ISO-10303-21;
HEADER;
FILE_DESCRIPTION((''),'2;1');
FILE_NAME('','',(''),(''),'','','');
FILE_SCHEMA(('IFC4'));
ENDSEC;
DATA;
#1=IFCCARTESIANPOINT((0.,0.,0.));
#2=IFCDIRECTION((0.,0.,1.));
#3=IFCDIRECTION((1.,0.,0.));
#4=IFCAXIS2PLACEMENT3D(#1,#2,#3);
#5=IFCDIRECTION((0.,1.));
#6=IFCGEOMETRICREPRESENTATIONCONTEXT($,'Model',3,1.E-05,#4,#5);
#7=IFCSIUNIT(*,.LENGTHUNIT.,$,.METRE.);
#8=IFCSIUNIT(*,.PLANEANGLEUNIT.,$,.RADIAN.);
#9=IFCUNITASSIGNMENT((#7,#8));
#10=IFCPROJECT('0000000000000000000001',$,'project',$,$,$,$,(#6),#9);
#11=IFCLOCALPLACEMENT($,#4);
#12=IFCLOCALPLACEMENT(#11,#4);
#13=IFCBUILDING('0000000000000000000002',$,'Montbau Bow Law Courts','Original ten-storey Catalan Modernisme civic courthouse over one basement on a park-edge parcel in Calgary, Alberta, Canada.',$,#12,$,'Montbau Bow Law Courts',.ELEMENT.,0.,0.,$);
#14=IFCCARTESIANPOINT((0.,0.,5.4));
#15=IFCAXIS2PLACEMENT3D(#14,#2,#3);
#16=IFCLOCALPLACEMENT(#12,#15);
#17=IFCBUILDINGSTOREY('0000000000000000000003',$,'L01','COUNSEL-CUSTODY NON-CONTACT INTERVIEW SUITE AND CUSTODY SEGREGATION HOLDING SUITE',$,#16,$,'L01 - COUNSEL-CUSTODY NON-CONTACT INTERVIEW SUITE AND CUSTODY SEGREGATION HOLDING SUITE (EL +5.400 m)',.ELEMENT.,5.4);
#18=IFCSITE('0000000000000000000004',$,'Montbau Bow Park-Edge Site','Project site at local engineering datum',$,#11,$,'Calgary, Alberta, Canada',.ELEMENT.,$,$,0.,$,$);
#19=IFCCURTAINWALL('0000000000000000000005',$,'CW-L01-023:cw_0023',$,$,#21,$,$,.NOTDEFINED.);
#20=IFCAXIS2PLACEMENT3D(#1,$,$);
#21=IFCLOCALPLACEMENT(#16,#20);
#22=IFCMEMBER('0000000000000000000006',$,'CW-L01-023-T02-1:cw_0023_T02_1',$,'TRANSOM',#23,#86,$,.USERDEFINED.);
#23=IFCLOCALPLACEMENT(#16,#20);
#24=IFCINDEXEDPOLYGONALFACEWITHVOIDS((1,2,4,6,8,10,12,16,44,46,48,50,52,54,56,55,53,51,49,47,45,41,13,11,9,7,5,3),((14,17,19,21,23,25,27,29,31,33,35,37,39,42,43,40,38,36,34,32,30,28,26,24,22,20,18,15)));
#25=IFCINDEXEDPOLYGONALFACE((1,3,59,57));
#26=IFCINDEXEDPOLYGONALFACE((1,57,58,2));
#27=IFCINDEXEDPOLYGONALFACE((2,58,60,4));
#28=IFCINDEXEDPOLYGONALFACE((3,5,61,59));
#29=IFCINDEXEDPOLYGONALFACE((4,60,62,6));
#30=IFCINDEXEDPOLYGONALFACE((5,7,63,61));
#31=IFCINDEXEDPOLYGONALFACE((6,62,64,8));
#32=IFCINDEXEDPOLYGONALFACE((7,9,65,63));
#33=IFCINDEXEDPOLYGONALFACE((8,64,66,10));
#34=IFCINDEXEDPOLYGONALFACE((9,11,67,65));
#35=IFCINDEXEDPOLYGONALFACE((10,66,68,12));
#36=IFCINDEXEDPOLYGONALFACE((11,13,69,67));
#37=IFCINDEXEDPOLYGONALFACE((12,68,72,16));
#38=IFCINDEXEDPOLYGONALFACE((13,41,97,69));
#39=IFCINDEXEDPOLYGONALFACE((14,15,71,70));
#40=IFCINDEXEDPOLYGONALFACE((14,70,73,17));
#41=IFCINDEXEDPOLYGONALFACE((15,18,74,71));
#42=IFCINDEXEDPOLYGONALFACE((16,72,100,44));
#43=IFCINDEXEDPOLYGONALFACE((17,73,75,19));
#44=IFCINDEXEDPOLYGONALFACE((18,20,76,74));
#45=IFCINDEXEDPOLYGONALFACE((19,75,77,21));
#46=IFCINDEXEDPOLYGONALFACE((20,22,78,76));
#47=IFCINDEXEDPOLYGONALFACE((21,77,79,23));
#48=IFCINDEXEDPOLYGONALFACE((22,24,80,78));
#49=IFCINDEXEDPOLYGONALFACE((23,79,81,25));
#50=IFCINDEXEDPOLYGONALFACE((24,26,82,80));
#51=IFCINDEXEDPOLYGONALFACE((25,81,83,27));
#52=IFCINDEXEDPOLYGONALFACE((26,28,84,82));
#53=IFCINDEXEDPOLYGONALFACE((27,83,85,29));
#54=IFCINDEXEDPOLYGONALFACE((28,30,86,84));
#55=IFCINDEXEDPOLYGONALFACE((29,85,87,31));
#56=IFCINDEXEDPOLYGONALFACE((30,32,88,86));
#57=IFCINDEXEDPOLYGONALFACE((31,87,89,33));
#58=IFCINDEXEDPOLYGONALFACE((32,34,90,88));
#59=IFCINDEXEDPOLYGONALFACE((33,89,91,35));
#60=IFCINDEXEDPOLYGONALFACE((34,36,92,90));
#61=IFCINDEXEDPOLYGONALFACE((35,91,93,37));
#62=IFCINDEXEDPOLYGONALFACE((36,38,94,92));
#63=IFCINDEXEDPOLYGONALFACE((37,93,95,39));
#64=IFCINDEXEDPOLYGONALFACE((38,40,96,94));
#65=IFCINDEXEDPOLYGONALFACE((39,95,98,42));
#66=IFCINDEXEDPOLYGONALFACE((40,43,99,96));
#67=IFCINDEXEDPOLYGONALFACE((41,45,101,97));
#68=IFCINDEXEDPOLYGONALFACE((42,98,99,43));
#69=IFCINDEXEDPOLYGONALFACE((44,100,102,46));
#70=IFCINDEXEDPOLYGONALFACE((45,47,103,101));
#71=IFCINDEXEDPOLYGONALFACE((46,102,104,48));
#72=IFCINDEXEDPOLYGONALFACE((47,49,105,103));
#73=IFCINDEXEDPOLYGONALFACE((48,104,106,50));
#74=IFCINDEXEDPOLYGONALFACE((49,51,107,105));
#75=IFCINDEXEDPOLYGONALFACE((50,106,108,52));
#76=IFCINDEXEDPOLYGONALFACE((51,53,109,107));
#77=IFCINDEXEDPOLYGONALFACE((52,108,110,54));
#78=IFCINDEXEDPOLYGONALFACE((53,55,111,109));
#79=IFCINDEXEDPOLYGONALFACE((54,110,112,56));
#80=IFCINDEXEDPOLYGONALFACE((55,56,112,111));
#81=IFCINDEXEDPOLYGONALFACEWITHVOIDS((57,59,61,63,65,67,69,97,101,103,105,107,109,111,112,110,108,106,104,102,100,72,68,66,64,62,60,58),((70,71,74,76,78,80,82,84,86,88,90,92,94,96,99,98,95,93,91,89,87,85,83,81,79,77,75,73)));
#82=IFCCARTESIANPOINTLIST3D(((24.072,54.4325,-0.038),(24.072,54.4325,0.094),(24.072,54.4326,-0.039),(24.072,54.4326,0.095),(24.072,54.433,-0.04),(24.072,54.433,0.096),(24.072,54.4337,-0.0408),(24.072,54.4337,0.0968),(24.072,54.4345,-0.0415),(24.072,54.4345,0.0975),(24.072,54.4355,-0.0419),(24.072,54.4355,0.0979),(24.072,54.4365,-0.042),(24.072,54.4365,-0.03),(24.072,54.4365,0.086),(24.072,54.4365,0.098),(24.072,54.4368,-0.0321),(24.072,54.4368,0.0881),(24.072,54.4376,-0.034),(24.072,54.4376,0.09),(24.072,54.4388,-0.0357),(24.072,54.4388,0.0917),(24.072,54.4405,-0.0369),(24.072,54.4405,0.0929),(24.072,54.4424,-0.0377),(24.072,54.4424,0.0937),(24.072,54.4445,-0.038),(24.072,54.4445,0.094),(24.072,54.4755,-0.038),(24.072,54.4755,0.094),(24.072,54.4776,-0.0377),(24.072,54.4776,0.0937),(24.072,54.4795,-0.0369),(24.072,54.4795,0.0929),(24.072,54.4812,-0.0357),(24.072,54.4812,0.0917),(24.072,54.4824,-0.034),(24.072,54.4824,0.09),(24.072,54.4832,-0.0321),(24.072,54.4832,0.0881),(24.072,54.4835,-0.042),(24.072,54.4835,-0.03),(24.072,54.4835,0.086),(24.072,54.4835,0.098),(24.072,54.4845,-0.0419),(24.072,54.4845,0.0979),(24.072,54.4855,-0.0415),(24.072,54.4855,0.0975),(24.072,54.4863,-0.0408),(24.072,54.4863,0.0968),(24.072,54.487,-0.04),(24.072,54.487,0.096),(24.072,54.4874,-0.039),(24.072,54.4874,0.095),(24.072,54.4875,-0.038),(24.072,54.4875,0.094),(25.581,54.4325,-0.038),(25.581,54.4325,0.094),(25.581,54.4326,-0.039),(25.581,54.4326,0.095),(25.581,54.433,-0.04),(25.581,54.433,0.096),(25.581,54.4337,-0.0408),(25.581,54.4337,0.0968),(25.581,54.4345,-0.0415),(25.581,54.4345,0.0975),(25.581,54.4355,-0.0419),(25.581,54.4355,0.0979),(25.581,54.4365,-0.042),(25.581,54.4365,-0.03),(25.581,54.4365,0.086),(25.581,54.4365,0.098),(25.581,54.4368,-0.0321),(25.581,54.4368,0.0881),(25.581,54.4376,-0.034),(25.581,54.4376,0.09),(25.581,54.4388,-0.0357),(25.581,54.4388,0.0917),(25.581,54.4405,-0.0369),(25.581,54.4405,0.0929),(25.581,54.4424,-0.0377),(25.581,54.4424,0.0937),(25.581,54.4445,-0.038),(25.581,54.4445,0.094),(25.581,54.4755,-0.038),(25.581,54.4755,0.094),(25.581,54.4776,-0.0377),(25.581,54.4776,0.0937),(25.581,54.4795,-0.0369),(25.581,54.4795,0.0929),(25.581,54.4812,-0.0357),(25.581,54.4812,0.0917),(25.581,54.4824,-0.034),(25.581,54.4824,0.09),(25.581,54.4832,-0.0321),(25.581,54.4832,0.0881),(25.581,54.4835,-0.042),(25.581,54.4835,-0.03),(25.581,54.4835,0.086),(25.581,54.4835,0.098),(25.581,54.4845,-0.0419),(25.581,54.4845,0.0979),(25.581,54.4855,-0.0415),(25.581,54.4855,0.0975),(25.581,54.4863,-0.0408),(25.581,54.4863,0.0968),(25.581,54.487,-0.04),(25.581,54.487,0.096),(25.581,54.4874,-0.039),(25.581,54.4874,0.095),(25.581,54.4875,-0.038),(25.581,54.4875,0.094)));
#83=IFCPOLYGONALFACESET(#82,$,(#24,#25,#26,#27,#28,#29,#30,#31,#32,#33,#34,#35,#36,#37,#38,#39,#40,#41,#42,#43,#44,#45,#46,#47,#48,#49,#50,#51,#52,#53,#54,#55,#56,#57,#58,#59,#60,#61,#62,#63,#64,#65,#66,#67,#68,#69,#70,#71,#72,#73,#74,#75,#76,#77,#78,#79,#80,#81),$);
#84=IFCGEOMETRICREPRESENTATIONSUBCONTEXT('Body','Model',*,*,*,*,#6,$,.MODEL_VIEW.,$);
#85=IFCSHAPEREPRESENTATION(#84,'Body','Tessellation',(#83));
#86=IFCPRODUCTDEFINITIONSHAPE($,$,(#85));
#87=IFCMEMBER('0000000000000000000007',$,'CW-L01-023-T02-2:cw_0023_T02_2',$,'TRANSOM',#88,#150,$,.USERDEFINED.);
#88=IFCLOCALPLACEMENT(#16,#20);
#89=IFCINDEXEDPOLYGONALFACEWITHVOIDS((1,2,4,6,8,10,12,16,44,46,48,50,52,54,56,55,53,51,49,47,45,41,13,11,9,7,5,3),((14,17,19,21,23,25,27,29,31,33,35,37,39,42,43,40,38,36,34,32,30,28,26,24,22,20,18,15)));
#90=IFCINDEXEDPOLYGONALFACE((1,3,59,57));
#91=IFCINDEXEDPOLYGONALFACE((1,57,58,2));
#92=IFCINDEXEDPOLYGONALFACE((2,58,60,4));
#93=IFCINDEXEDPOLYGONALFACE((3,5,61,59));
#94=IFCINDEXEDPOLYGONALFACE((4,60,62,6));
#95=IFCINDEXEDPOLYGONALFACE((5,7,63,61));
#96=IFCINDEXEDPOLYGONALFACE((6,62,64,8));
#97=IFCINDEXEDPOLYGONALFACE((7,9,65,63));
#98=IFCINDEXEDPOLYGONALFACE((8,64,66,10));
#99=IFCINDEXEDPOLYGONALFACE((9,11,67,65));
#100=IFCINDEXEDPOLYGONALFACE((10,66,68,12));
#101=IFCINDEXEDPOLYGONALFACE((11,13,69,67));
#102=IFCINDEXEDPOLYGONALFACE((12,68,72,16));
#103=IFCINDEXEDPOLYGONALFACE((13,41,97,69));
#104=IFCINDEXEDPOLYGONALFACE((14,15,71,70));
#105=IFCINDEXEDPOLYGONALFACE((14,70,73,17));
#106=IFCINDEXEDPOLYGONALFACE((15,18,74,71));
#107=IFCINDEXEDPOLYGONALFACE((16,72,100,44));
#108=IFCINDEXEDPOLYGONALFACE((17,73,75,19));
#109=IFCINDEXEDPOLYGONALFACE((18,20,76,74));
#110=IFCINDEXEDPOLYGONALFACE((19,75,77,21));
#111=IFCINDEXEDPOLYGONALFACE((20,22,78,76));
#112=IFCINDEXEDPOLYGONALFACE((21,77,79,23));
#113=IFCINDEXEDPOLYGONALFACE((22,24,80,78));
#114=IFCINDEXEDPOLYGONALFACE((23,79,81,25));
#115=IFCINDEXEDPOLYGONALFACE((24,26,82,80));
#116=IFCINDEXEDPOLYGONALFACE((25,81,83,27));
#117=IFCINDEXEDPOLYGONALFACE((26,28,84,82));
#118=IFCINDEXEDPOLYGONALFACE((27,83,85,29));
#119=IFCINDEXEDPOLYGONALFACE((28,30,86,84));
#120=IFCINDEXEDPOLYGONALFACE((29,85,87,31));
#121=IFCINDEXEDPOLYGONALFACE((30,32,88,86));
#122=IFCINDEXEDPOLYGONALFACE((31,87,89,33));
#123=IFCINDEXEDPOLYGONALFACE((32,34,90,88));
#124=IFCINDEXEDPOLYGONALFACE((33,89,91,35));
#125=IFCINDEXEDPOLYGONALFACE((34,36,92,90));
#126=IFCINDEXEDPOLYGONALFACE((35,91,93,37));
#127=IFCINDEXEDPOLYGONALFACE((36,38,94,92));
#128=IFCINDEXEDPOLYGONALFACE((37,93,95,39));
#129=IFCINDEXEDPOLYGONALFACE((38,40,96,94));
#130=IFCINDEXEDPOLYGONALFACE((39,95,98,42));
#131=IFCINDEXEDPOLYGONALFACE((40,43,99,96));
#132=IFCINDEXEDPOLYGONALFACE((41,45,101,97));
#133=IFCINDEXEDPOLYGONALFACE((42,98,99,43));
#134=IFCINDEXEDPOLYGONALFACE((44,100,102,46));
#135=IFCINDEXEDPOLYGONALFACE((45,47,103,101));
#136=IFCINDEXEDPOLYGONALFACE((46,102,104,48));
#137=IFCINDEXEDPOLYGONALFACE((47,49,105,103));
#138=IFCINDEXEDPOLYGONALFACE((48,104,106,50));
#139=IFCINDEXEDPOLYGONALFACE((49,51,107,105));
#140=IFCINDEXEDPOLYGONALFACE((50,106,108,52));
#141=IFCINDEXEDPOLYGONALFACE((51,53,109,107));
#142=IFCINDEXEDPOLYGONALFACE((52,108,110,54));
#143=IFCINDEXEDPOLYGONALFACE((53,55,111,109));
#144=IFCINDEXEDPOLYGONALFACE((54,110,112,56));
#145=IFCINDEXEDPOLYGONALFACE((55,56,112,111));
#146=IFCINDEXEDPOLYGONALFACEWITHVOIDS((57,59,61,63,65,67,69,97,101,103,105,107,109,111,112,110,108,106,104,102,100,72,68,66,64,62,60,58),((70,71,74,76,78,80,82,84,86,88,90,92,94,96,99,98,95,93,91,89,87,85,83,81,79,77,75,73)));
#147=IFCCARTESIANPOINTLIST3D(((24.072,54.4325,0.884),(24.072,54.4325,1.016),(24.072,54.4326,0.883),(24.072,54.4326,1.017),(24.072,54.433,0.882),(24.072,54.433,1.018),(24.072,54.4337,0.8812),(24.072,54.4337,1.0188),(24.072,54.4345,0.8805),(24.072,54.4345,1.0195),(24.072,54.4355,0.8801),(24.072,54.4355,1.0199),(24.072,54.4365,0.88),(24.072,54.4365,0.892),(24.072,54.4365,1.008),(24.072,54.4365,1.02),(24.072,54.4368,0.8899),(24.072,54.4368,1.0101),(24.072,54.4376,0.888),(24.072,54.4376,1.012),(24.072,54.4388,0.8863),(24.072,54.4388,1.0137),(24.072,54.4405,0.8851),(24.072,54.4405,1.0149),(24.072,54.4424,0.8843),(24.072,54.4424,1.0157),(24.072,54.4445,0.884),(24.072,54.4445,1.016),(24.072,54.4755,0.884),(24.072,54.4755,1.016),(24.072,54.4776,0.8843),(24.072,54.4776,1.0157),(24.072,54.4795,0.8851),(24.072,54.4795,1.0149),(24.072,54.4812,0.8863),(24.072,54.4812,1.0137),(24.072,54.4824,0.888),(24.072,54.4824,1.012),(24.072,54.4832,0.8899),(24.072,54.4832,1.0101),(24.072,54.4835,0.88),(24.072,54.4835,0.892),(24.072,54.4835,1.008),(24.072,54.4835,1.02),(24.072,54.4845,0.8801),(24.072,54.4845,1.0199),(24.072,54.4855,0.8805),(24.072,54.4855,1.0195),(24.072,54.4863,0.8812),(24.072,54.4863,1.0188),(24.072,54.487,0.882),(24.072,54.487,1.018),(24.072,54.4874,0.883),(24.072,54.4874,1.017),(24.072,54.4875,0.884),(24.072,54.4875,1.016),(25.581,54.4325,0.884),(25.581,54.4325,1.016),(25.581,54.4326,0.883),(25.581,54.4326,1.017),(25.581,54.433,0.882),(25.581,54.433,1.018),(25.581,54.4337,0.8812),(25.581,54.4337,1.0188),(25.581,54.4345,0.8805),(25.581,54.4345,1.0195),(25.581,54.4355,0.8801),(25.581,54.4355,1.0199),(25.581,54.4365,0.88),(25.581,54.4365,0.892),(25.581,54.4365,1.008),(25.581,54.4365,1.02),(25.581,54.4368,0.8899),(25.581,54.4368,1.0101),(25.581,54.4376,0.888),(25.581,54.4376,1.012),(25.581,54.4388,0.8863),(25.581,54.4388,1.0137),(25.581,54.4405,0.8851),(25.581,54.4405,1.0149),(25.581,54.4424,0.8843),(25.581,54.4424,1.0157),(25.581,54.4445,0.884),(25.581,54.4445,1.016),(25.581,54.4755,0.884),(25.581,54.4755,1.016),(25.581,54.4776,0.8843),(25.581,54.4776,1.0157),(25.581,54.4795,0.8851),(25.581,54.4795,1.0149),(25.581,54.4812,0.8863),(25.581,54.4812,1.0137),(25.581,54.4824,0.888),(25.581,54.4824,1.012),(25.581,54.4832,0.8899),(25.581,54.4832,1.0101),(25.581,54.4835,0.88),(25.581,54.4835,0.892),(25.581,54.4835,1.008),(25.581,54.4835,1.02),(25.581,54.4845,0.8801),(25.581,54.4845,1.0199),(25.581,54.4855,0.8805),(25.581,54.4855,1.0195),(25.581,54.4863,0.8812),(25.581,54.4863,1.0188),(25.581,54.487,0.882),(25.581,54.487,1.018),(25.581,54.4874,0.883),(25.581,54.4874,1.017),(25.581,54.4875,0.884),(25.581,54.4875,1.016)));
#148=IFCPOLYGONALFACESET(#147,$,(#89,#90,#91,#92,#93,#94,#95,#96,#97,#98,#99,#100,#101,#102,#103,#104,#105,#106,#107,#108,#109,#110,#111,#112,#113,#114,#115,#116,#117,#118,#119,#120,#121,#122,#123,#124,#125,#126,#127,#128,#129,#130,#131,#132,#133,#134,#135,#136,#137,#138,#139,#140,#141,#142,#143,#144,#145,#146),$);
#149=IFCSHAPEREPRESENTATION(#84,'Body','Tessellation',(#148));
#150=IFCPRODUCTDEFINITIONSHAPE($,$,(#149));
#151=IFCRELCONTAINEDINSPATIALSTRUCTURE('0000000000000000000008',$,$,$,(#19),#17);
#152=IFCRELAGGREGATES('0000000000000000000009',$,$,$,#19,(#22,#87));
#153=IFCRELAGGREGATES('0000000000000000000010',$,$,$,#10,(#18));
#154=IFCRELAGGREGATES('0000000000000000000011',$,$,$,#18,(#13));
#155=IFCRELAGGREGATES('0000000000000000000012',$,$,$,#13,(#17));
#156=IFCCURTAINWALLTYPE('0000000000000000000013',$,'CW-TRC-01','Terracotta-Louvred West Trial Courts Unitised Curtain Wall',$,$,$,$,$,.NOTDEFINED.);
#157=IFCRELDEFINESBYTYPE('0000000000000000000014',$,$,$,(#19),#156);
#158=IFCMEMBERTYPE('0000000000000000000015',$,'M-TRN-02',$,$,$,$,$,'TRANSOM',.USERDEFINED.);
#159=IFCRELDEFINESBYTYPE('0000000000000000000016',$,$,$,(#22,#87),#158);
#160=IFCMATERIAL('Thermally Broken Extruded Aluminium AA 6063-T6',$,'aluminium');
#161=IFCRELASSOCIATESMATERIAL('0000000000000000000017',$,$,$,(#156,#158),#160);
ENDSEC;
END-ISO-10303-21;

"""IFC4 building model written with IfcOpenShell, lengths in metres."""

from ifc_helpers import new_model, si_unit, direction, frame, origin_with_axes, origin_2d_with_axis, place, context, subcontext, project, spatial, hollow_rectangle, extrude, material, material_profile, profile_set, type_object, element, aggregate, save


model = new_model("IFC4")

# Units and contexts
model_context = context("Model", 3, precision=1e-05, world=origin_with_axes(), true_north=direction((0.0, 1.0)))
body_context = subcontext(model_context, "Body", "Model", "MODEL_VIEW")
ifc_project = project(units=[si_unit("LENGTHUNIT", "METRE"), si_unit("PLANEANGLEUNIT", "RADIAN")], contexts=[model_context])

# Site, building, storey
site_placement = place(None, origin_with_axes())
site = spatial("IfcSite", under=ifc_project, at=site_placement, Name="Montbau Bow Park-Edge Site", Description="Project site at local engineering datum", LongName="Calgary, Alberta, Canada", CompositionType="ELEMENT", RefElevation=0.0)
building_placement = place(site_placement, origin_with_axes())
building = spatial("IfcBuilding", under=site, at=building_placement, Name="Montbau Bow Law Courts", Description="Original ten-storey Catalan Modernisme civic courthouse over one basement on a park-edge parcel in Calgary, Alberta, Canada.", LongName="Montbau Bow Law Courts", CompositionType="ELEMENT", ElevationOfRefHeight=0.0, ElevationOfTerrain=0.0)
storey_placement = place(building_placement, frame((0.0, 0.0, 5.4), z_axis=(0.0, 0.0, 1.0), x_axis=(1.0, 0.0, 0.0)))
storey = spatial("IfcBuildingStorey", under=building, at=storey_placement, Name="L01", Description="COUNSEL-CUSTODY NON-CONTACT INTERVIEW SUITE AND CUSTODY SEGREGATION HOLDING SUITE", LongName="L01 - COUNSEL-CUSTODY NON-CONTACT INTERVIEW SUITE AND CUSTODY SEGREGATION HOLDING SUITE (EL +5.400 m)", CompositionType="ELEMENT", Elevation=5.4)

# Curtain wall
ifc_material_1 = material(Name="Thermally Broken Extruded Aluminium AA 6063-T6", Category="aluminium")
curtain_wall_type = type_object("IfcCurtainWallType", Name="CW-TRC-01", Description="Terracotta-Louvred West Trial Courts Unitised Curtain Wall", PredefinedType="NOTDEFINED", material=ifc_material_1)
curtain_wall_1_placement = place(None, frame((22.467, 54.46, 5.4), z_axis=(0.0, 0.0, 1.0), x_axis=(1.0, 0.0, 0.0)))
curtain_wall_1 = element("IfcCurtainWall", 1, at=curtain_wall_1_placement, inside=storey, type_object=curtain_wall_type, Name="CW-L01-023:cw_0023", PredefinedType="NOTDEFINED")

# Members
ifc_material_profile_1 = material_profile(ifc_material_1, hollow_rectangle(XDim=0.055, YDim=0.14, WallThickness=0.004, InnerFilletRadius=0.008, OuterFilletRadius=0.004, at=origin_2d_with_axis()), Name="CWT-140X55", Category="Main", Priority=0)
ifc_profile_set_1 = profile_set([ifc_material_profile_1], Name="Thermally Broken Extruded Aluminium AA 6063-T6")
member_type_1 = type_object("IfcMemberType", Name="M-TRN-02", ElementType="TRANSOM", PredefinedType="USERDEFINED", material=ifc_profile_set_1)
member_1_placement = place(None, frame((24.072, 54.46, 5.428), z_axis=(1.0, 0.0, 0.0), x_axis=(0.0, 1.0, 0.0)))
member_1 = element("IfcMember", 2, at=member_1_placement, type_object=member_type_1, Name="CW-L01-023-T02-1:cw_0023_T02_1", ObjectType="TRANSOM", PredefinedType="USERDEFINED", context=body_context, shape_type="SweptSolid", body=[
    extrude(hollow_rectangle(XDim=0.055, YDim=0.14, WallThickness=0.004, InnerFilletRadius=0.008, OuterFilletRadius=0.004, at=origin_2d_with_axis()), origin_with_axes(), (0.0, 0.0, 1.0), 1.509),
])
member_2_placement = place(None, frame((24.072, 54.46, 6.35), z_axis=(1.0, 0.0, 0.0), x_axis=(0.0, 1.0, 0.0)))
member_2 = element("IfcMember", 3, at=member_2_placement, type_object=member_type_1, Name="CW-L01-023-T02-2:cw_0023_T02_2", ObjectType="TRANSOM", PredefinedType="USERDEFINED", context=body_context, shape_type="SweptSolid", body=[
    extrude(hollow_rectangle(XDim=0.055, YDim=0.14, WallThickness=0.004, InnerFilletRadius=0.008, OuterFilletRadius=0.004, at=origin_2d_with_axis()), origin_with_axes(), (0.0, 0.0, 1.0), 1.509),
])

aggregate(curtain_wall_1, [member_1, member_2])

save(model, "model.ifc")
